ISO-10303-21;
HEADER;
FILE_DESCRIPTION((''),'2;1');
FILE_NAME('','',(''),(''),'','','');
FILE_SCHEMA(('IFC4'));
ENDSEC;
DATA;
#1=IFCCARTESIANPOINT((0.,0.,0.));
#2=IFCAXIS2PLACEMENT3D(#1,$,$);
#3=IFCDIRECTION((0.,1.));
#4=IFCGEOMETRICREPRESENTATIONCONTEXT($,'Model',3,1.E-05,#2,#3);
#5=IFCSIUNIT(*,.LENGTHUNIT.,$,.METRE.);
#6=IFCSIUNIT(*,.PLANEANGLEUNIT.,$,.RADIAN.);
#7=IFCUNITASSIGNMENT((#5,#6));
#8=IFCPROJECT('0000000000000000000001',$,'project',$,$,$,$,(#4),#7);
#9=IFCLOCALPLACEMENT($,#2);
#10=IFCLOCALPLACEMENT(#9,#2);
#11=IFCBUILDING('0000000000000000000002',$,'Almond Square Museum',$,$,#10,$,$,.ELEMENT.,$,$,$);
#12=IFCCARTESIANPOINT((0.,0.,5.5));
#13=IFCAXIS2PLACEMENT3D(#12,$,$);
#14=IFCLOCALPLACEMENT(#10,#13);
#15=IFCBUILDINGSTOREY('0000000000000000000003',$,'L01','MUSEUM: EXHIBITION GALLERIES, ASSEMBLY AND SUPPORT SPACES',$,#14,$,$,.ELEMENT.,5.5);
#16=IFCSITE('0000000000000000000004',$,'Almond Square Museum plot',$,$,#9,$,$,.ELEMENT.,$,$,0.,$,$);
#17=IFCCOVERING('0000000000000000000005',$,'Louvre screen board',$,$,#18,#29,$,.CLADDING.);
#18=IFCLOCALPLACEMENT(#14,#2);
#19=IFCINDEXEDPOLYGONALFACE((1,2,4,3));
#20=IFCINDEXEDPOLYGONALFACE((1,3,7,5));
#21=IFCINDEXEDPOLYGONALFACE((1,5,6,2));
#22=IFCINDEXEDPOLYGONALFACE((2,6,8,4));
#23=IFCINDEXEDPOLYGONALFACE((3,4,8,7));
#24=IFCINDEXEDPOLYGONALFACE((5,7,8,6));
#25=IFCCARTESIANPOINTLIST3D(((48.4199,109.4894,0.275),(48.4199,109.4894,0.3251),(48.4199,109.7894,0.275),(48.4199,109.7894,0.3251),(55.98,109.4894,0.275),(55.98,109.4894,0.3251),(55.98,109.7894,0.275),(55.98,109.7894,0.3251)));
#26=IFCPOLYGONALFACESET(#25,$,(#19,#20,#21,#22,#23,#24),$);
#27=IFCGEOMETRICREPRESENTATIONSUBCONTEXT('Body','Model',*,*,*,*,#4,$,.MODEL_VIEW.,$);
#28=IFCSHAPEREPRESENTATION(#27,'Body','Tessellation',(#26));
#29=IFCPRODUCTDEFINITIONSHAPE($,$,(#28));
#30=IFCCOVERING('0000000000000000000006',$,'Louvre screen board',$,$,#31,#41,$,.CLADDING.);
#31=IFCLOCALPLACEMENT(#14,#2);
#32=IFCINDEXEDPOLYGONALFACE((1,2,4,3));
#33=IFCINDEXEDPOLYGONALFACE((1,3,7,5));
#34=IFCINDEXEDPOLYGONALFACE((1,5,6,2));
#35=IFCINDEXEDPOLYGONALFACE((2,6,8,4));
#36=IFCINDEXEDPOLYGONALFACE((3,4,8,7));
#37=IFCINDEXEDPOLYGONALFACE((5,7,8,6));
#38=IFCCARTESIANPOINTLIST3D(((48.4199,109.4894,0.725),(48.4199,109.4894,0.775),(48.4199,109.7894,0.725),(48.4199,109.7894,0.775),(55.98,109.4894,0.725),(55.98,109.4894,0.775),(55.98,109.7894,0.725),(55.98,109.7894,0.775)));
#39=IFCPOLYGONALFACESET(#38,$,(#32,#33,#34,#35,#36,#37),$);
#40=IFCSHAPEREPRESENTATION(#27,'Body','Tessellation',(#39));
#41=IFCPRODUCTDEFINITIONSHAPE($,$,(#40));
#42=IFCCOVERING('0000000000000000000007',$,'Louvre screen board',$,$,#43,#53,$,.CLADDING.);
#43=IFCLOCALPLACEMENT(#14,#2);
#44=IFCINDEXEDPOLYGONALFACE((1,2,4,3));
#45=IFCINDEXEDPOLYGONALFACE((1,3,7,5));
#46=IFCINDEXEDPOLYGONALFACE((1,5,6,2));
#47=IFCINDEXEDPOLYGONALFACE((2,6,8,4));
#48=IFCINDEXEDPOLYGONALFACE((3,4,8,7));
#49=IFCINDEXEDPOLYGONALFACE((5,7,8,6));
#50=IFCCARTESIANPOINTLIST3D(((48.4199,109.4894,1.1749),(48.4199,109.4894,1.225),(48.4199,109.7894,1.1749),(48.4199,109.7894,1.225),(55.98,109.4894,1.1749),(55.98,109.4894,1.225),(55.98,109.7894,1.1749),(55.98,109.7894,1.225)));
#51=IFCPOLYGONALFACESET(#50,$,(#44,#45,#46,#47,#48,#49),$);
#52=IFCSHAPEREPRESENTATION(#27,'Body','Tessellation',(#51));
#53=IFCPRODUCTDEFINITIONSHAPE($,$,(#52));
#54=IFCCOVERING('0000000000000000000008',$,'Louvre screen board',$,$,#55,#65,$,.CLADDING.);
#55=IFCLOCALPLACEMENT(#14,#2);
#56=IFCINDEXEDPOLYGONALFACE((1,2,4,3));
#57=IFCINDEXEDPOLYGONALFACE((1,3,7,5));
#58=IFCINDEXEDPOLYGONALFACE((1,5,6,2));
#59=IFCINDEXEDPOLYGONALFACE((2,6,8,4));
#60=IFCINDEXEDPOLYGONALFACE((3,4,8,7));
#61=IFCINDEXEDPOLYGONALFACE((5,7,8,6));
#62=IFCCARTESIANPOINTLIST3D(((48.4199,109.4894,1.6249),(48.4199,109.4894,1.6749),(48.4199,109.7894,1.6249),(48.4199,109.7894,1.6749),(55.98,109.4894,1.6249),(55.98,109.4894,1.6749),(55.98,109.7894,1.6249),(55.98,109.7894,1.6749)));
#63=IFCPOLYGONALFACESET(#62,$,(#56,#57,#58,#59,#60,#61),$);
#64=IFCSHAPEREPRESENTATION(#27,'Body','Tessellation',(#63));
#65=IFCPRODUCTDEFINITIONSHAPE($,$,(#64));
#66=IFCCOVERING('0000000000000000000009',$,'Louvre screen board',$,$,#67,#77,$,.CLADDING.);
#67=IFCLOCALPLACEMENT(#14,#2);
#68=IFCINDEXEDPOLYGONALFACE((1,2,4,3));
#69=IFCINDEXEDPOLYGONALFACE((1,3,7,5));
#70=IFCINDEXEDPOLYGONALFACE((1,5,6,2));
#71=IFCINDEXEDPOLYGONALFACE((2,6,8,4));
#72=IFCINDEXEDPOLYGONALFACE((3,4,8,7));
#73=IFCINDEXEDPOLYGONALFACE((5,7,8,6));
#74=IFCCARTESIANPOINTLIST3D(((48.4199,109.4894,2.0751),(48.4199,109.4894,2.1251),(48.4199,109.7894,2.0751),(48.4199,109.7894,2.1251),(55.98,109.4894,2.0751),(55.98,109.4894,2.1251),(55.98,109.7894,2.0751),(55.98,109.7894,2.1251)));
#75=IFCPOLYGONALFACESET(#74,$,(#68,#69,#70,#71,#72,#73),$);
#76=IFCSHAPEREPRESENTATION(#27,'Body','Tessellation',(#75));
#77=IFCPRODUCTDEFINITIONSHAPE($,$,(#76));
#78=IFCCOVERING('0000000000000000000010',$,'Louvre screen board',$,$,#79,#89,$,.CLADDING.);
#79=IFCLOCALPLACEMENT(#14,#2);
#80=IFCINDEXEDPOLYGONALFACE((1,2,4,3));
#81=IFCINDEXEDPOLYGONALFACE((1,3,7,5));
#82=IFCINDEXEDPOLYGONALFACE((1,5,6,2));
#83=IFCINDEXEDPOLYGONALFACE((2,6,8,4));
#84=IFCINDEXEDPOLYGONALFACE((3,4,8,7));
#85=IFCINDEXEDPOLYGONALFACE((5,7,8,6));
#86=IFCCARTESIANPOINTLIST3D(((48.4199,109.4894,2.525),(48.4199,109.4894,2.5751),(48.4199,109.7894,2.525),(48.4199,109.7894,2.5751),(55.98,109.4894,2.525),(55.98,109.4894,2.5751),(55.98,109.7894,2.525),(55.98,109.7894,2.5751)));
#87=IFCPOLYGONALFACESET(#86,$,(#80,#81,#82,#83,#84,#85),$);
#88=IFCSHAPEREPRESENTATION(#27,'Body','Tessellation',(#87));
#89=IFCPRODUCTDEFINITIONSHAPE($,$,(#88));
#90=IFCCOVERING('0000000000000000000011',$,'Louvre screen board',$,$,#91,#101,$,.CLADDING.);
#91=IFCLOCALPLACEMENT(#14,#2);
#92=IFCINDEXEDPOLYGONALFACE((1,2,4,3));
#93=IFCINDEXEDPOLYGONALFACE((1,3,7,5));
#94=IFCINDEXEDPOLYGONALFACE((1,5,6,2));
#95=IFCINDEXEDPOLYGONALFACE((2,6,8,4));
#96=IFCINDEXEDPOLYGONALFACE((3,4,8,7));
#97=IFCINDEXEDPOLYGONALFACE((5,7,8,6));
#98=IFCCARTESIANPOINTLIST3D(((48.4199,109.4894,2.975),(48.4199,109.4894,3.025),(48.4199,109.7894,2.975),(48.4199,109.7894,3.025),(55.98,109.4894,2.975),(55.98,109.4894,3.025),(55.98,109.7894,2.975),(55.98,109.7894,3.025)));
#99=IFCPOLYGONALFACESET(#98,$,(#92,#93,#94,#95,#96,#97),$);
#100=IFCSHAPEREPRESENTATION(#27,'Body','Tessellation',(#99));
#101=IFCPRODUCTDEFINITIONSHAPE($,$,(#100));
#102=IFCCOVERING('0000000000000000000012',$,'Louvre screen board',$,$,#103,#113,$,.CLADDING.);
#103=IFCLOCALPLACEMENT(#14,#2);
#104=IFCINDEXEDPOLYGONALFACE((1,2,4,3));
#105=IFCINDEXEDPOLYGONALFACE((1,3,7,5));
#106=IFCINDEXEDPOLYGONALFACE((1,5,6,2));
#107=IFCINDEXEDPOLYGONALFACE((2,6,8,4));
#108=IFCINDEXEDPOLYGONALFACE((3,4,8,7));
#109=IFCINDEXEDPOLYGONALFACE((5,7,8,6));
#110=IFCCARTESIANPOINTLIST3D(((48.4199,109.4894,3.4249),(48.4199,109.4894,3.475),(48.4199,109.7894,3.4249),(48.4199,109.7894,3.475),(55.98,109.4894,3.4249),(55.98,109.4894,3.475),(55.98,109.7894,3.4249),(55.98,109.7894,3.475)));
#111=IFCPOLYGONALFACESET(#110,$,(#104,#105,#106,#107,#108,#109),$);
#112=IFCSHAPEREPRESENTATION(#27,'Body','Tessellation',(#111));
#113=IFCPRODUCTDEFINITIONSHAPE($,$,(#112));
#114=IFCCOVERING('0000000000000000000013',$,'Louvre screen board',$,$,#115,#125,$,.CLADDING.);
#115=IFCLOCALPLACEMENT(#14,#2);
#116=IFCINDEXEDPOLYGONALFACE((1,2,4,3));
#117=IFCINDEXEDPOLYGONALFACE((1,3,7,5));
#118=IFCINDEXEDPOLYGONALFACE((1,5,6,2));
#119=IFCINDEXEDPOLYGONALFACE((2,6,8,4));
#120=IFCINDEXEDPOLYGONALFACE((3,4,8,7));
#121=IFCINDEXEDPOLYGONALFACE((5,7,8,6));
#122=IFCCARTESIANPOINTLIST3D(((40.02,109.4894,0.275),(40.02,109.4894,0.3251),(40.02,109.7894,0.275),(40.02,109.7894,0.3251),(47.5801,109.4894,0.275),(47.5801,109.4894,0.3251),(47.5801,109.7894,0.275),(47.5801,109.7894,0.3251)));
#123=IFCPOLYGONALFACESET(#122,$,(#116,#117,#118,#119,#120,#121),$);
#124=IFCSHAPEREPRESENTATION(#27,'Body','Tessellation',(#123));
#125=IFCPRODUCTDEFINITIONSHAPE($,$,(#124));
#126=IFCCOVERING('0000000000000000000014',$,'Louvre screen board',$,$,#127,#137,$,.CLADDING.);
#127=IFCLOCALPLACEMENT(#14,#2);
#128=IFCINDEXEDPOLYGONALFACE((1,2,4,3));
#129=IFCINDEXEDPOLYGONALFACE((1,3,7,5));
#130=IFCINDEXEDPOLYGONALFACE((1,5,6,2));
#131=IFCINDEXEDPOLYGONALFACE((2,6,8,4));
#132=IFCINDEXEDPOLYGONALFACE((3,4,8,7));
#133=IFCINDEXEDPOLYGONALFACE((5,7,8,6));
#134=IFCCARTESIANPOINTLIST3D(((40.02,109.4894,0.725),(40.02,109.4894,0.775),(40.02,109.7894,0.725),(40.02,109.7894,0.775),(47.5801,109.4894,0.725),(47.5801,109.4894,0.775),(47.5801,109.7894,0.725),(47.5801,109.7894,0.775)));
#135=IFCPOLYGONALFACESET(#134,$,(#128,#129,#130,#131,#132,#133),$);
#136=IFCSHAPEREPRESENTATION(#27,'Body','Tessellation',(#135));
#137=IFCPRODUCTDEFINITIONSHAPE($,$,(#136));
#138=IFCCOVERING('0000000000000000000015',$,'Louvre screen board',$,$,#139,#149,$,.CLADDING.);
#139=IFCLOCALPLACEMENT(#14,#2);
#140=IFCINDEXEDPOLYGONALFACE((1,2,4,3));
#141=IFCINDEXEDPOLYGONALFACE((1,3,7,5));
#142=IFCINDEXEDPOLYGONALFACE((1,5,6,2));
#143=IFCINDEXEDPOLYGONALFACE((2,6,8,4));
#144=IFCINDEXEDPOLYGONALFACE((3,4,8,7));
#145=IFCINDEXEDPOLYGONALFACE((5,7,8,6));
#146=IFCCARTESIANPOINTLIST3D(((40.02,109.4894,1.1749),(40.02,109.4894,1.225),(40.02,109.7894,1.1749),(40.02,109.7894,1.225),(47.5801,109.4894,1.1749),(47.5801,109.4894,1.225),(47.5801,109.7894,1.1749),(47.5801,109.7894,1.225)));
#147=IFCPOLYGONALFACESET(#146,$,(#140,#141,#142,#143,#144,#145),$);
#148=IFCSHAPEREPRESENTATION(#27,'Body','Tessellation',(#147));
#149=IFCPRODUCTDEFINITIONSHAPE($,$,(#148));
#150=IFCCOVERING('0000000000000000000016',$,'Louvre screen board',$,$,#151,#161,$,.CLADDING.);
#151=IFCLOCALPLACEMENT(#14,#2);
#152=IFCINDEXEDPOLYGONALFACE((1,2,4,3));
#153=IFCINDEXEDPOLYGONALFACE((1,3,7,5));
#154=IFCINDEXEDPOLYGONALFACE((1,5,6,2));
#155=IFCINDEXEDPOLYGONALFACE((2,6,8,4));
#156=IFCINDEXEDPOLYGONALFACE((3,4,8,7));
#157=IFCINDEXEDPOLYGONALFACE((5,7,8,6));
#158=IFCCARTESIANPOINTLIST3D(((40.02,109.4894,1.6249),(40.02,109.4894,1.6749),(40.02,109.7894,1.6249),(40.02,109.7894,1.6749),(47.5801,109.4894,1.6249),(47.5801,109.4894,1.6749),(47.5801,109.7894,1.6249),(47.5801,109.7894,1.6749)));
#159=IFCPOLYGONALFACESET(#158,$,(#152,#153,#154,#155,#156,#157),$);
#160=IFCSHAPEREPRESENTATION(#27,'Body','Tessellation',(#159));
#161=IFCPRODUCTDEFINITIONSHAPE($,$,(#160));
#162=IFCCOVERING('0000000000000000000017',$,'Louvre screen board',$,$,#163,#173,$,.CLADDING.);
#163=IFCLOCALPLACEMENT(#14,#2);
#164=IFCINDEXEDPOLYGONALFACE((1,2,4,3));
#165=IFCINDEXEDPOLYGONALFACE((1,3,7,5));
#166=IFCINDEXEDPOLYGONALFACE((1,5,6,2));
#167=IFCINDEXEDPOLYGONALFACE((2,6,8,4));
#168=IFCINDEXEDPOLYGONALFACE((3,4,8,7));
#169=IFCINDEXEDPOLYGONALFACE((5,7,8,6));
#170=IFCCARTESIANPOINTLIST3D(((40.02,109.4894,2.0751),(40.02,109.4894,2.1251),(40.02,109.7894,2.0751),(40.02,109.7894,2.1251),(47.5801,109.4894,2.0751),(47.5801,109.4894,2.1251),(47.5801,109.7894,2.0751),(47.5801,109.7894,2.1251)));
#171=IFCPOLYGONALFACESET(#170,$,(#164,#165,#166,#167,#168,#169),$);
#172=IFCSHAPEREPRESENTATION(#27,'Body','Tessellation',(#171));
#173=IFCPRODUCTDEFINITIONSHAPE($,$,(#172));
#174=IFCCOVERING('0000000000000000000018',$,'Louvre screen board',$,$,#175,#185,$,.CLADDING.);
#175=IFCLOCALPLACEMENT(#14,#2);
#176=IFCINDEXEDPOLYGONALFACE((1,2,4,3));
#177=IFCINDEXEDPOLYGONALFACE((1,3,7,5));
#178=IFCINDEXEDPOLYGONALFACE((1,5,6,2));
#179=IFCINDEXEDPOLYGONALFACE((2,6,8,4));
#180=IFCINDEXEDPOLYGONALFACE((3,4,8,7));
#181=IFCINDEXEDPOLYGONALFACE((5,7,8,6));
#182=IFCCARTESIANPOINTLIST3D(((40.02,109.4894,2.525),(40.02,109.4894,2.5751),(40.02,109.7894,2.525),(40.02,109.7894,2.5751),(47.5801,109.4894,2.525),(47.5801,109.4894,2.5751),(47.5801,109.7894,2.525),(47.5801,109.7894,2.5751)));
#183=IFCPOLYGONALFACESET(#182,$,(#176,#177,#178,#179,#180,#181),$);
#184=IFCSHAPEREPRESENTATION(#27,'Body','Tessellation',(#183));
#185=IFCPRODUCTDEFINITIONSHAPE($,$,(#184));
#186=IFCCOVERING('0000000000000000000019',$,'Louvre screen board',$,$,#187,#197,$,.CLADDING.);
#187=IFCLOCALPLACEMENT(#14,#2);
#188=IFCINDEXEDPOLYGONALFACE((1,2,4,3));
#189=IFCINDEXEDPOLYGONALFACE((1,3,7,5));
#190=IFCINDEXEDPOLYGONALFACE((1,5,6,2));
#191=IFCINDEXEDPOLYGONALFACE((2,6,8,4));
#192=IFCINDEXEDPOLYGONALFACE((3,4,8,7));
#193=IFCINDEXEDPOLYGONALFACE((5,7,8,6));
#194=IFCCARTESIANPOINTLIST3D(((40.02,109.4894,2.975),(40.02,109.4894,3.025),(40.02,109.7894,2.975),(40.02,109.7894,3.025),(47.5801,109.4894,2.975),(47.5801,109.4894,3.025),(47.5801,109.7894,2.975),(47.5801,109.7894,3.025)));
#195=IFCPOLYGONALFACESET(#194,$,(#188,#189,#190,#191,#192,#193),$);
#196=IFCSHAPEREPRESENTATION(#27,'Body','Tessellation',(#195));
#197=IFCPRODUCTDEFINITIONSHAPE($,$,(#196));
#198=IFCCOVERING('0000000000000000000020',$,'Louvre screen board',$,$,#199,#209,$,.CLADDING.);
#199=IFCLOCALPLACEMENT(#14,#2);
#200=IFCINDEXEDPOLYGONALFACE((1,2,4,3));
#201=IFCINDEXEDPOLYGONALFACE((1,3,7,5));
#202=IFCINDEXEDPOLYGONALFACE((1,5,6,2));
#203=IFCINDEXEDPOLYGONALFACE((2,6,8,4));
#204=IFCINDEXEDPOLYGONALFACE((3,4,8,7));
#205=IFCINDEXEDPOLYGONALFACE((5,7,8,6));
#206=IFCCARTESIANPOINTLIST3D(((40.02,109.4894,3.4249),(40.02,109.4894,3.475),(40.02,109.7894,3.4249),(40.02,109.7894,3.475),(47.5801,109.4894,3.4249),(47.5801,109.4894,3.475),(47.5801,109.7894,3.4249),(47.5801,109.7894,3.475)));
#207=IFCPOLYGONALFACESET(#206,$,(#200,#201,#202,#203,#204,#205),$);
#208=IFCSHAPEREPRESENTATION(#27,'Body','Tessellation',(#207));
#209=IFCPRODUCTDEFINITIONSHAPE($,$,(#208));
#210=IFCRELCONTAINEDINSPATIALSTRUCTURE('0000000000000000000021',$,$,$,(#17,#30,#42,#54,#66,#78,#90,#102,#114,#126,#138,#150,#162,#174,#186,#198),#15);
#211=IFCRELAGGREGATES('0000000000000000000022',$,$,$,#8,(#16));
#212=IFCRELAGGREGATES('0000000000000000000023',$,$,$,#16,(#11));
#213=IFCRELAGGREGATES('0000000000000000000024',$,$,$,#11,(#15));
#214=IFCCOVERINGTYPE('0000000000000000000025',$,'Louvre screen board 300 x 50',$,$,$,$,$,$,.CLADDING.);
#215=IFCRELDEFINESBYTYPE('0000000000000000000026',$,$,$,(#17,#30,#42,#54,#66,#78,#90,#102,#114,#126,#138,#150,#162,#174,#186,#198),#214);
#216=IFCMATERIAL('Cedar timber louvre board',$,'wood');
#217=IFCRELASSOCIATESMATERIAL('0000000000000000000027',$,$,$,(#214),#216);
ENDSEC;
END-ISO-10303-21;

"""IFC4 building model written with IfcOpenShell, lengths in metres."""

from ifc_helpers import new_model, si_unit, direction, frame, origin, origin_2d, place, context, subcontext, project, spatial, rectangle, extrude, material, material_profile, profile_set, type_object, element, save


model = new_model("IFC4")

# Units and contexts
model_context = context("Model", 3, precision=1e-05, world=origin(), true_north=direction((0.0, 1.0)))
body_context = subcontext(model_context, "Body", "Model", "MODEL_VIEW")
ifc_project = project(units=[si_unit("LENGTHUNIT", "METRE"), si_unit("PLANEANGLEUNIT", "RADIAN")], contexts=[model_context])

# Site, building, storey
site_placement = place(None, origin())
site = spatial("IfcSite", under=ifc_project, at=site_placement, Name="Almond Square Museum plot", CompositionType="ELEMENT", RefElevation=0.0)
building_placement = place(site_placement, origin())
building = spatial("IfcBuilding", under=site, at=building_placement, Name="Almond Square Museum", CompositionType="ELEMENT")
storey_placement = place(building_placement, frame((0.0, 0.0, 5.5)))
storey = spatial("IfcBuildingStorey", under=building, at=storey_placement, Name="L01", Description="MUSEUM: EXHIBITION GALLERIES, ASSEMBLY AND SUPPORT SPACES", CompositionType="ELEMENT", Elevation=5.5)

# Coverings
ifc_material_1 = material(Name="Cedar timber louvre board", Category="wood")
ifc_material_profile_1 = material_profile(ifc_material_1, rectangle(XDim=0.3, YDim=0.05, at=origin_2d()))
ifc_profile_set_1 = profile_set([ifc_material_profile_1], Name="Cedar timber louvre board")
covering_type = type_object("IfcCoveringType", Name="Louvre screen board 300 x 50", PredefinedType="CLADDING", material=ifc_profile_set_1)
for number, where, z_axis, x_axis, name in (
    (1, (48.4199, 109.6394, 0.3), (1.0, 0.0, 0.0), (0.0, 1.0, 0.0), "Louvre screen board"),
    (2, (48.4199, 109.6394, 0.75), (1.0, 0.0, 0.0), (0.0, 1.0, 0.0), "Louvre screen board"),
    (3, (48.4199, 109.6394, 1.2), (1.0, 0.0, 0.0), (0.0, 1.0, 0.0), "Louvre screen board"),
    (4, (48.4199, 109.6394, 1.6499), (1.0, 0.0, 0.0), (0.0, 1.0, 0.0), "Louvre screen board"),
    (5, (48.4199, 109.6394, 2.1001), (1.0, 0.0, 0.0), (0.0, 1.0, 0.0), "Louvre screen board"),
    (6, (48.4199, 109.6394, 2.55), (1.0, 0.0, 0.0), (0.0, 1.0, 0.0), "Louvre screen board"),
    (7, (48.4199, 109.6394, 3.0), (1.0, 0.0, 0.0), (0.0, 1.0, 0.0), "Louvre screen board"),
    (8, (48.4199, 109.6394, 3.45), (1.0, 0.0, 0.0), (0.0, 1.0, 0.0), "Louvre screen board"),
    (9, (40.02, 109.6394, 0.3), (1.0, 0.0, 0.0), (0.0, 1.0, 0.0), "Louvre screen board"),
    (10, (40.02, 109.6394, 0.75), (1.0, 0.0, 0.0), (0.0, 1.0, 0.0), "Louvre screen board"),
    (11, (40.02, 109.6394, 1.2), (1.0, 0.0, 0.0), (0.0, 1.0, 0.0), "Louvre screen board"),
    (12, (40.02, 109.6394, 1.6499), (1.0, 0.0, 0.0), (0.0, 1.0, 0.0), "Louvre screen board"),
    (13, (40.02, 109.6394, 2.1001), (1.0, 0.0, 0.0), (0.0, 1.0, 0.0), "Louvre screen board"),
    (14, (40.02, 109.6394, 2.55), (1.0, 0.0, 0.0), (0.0, 1.0, 0.0), "Louvre screen board"),
    (15, (40.02, 109.6394, 3.0), (1.0, 0.0, 0.0), (0.0, 1.0, 0.0), "Louvre screen board"),
    (16, (40.02, 109.6394, 3.45), (1.0, 0.0, 0.0), (0.0, 1.0, 0.0), "Louvre screen board"),
):
    element("IfcCovering", number, at=place(storey_placement, frame(where, z_axis=z_axis, x_axis=x_axis)), inside=storey, type_object=covering_type, Name=name, PredefinedType="CLADDING", context=body_context, shape_type="SweptSolid", body=[
        extrude(rectangle(XDim=0.3, YDim=0.05, at=origin_2d()), origin(), (0.0, 0.0, 1.0), 7.5601),
    ])

save(model, "model.ifc")
